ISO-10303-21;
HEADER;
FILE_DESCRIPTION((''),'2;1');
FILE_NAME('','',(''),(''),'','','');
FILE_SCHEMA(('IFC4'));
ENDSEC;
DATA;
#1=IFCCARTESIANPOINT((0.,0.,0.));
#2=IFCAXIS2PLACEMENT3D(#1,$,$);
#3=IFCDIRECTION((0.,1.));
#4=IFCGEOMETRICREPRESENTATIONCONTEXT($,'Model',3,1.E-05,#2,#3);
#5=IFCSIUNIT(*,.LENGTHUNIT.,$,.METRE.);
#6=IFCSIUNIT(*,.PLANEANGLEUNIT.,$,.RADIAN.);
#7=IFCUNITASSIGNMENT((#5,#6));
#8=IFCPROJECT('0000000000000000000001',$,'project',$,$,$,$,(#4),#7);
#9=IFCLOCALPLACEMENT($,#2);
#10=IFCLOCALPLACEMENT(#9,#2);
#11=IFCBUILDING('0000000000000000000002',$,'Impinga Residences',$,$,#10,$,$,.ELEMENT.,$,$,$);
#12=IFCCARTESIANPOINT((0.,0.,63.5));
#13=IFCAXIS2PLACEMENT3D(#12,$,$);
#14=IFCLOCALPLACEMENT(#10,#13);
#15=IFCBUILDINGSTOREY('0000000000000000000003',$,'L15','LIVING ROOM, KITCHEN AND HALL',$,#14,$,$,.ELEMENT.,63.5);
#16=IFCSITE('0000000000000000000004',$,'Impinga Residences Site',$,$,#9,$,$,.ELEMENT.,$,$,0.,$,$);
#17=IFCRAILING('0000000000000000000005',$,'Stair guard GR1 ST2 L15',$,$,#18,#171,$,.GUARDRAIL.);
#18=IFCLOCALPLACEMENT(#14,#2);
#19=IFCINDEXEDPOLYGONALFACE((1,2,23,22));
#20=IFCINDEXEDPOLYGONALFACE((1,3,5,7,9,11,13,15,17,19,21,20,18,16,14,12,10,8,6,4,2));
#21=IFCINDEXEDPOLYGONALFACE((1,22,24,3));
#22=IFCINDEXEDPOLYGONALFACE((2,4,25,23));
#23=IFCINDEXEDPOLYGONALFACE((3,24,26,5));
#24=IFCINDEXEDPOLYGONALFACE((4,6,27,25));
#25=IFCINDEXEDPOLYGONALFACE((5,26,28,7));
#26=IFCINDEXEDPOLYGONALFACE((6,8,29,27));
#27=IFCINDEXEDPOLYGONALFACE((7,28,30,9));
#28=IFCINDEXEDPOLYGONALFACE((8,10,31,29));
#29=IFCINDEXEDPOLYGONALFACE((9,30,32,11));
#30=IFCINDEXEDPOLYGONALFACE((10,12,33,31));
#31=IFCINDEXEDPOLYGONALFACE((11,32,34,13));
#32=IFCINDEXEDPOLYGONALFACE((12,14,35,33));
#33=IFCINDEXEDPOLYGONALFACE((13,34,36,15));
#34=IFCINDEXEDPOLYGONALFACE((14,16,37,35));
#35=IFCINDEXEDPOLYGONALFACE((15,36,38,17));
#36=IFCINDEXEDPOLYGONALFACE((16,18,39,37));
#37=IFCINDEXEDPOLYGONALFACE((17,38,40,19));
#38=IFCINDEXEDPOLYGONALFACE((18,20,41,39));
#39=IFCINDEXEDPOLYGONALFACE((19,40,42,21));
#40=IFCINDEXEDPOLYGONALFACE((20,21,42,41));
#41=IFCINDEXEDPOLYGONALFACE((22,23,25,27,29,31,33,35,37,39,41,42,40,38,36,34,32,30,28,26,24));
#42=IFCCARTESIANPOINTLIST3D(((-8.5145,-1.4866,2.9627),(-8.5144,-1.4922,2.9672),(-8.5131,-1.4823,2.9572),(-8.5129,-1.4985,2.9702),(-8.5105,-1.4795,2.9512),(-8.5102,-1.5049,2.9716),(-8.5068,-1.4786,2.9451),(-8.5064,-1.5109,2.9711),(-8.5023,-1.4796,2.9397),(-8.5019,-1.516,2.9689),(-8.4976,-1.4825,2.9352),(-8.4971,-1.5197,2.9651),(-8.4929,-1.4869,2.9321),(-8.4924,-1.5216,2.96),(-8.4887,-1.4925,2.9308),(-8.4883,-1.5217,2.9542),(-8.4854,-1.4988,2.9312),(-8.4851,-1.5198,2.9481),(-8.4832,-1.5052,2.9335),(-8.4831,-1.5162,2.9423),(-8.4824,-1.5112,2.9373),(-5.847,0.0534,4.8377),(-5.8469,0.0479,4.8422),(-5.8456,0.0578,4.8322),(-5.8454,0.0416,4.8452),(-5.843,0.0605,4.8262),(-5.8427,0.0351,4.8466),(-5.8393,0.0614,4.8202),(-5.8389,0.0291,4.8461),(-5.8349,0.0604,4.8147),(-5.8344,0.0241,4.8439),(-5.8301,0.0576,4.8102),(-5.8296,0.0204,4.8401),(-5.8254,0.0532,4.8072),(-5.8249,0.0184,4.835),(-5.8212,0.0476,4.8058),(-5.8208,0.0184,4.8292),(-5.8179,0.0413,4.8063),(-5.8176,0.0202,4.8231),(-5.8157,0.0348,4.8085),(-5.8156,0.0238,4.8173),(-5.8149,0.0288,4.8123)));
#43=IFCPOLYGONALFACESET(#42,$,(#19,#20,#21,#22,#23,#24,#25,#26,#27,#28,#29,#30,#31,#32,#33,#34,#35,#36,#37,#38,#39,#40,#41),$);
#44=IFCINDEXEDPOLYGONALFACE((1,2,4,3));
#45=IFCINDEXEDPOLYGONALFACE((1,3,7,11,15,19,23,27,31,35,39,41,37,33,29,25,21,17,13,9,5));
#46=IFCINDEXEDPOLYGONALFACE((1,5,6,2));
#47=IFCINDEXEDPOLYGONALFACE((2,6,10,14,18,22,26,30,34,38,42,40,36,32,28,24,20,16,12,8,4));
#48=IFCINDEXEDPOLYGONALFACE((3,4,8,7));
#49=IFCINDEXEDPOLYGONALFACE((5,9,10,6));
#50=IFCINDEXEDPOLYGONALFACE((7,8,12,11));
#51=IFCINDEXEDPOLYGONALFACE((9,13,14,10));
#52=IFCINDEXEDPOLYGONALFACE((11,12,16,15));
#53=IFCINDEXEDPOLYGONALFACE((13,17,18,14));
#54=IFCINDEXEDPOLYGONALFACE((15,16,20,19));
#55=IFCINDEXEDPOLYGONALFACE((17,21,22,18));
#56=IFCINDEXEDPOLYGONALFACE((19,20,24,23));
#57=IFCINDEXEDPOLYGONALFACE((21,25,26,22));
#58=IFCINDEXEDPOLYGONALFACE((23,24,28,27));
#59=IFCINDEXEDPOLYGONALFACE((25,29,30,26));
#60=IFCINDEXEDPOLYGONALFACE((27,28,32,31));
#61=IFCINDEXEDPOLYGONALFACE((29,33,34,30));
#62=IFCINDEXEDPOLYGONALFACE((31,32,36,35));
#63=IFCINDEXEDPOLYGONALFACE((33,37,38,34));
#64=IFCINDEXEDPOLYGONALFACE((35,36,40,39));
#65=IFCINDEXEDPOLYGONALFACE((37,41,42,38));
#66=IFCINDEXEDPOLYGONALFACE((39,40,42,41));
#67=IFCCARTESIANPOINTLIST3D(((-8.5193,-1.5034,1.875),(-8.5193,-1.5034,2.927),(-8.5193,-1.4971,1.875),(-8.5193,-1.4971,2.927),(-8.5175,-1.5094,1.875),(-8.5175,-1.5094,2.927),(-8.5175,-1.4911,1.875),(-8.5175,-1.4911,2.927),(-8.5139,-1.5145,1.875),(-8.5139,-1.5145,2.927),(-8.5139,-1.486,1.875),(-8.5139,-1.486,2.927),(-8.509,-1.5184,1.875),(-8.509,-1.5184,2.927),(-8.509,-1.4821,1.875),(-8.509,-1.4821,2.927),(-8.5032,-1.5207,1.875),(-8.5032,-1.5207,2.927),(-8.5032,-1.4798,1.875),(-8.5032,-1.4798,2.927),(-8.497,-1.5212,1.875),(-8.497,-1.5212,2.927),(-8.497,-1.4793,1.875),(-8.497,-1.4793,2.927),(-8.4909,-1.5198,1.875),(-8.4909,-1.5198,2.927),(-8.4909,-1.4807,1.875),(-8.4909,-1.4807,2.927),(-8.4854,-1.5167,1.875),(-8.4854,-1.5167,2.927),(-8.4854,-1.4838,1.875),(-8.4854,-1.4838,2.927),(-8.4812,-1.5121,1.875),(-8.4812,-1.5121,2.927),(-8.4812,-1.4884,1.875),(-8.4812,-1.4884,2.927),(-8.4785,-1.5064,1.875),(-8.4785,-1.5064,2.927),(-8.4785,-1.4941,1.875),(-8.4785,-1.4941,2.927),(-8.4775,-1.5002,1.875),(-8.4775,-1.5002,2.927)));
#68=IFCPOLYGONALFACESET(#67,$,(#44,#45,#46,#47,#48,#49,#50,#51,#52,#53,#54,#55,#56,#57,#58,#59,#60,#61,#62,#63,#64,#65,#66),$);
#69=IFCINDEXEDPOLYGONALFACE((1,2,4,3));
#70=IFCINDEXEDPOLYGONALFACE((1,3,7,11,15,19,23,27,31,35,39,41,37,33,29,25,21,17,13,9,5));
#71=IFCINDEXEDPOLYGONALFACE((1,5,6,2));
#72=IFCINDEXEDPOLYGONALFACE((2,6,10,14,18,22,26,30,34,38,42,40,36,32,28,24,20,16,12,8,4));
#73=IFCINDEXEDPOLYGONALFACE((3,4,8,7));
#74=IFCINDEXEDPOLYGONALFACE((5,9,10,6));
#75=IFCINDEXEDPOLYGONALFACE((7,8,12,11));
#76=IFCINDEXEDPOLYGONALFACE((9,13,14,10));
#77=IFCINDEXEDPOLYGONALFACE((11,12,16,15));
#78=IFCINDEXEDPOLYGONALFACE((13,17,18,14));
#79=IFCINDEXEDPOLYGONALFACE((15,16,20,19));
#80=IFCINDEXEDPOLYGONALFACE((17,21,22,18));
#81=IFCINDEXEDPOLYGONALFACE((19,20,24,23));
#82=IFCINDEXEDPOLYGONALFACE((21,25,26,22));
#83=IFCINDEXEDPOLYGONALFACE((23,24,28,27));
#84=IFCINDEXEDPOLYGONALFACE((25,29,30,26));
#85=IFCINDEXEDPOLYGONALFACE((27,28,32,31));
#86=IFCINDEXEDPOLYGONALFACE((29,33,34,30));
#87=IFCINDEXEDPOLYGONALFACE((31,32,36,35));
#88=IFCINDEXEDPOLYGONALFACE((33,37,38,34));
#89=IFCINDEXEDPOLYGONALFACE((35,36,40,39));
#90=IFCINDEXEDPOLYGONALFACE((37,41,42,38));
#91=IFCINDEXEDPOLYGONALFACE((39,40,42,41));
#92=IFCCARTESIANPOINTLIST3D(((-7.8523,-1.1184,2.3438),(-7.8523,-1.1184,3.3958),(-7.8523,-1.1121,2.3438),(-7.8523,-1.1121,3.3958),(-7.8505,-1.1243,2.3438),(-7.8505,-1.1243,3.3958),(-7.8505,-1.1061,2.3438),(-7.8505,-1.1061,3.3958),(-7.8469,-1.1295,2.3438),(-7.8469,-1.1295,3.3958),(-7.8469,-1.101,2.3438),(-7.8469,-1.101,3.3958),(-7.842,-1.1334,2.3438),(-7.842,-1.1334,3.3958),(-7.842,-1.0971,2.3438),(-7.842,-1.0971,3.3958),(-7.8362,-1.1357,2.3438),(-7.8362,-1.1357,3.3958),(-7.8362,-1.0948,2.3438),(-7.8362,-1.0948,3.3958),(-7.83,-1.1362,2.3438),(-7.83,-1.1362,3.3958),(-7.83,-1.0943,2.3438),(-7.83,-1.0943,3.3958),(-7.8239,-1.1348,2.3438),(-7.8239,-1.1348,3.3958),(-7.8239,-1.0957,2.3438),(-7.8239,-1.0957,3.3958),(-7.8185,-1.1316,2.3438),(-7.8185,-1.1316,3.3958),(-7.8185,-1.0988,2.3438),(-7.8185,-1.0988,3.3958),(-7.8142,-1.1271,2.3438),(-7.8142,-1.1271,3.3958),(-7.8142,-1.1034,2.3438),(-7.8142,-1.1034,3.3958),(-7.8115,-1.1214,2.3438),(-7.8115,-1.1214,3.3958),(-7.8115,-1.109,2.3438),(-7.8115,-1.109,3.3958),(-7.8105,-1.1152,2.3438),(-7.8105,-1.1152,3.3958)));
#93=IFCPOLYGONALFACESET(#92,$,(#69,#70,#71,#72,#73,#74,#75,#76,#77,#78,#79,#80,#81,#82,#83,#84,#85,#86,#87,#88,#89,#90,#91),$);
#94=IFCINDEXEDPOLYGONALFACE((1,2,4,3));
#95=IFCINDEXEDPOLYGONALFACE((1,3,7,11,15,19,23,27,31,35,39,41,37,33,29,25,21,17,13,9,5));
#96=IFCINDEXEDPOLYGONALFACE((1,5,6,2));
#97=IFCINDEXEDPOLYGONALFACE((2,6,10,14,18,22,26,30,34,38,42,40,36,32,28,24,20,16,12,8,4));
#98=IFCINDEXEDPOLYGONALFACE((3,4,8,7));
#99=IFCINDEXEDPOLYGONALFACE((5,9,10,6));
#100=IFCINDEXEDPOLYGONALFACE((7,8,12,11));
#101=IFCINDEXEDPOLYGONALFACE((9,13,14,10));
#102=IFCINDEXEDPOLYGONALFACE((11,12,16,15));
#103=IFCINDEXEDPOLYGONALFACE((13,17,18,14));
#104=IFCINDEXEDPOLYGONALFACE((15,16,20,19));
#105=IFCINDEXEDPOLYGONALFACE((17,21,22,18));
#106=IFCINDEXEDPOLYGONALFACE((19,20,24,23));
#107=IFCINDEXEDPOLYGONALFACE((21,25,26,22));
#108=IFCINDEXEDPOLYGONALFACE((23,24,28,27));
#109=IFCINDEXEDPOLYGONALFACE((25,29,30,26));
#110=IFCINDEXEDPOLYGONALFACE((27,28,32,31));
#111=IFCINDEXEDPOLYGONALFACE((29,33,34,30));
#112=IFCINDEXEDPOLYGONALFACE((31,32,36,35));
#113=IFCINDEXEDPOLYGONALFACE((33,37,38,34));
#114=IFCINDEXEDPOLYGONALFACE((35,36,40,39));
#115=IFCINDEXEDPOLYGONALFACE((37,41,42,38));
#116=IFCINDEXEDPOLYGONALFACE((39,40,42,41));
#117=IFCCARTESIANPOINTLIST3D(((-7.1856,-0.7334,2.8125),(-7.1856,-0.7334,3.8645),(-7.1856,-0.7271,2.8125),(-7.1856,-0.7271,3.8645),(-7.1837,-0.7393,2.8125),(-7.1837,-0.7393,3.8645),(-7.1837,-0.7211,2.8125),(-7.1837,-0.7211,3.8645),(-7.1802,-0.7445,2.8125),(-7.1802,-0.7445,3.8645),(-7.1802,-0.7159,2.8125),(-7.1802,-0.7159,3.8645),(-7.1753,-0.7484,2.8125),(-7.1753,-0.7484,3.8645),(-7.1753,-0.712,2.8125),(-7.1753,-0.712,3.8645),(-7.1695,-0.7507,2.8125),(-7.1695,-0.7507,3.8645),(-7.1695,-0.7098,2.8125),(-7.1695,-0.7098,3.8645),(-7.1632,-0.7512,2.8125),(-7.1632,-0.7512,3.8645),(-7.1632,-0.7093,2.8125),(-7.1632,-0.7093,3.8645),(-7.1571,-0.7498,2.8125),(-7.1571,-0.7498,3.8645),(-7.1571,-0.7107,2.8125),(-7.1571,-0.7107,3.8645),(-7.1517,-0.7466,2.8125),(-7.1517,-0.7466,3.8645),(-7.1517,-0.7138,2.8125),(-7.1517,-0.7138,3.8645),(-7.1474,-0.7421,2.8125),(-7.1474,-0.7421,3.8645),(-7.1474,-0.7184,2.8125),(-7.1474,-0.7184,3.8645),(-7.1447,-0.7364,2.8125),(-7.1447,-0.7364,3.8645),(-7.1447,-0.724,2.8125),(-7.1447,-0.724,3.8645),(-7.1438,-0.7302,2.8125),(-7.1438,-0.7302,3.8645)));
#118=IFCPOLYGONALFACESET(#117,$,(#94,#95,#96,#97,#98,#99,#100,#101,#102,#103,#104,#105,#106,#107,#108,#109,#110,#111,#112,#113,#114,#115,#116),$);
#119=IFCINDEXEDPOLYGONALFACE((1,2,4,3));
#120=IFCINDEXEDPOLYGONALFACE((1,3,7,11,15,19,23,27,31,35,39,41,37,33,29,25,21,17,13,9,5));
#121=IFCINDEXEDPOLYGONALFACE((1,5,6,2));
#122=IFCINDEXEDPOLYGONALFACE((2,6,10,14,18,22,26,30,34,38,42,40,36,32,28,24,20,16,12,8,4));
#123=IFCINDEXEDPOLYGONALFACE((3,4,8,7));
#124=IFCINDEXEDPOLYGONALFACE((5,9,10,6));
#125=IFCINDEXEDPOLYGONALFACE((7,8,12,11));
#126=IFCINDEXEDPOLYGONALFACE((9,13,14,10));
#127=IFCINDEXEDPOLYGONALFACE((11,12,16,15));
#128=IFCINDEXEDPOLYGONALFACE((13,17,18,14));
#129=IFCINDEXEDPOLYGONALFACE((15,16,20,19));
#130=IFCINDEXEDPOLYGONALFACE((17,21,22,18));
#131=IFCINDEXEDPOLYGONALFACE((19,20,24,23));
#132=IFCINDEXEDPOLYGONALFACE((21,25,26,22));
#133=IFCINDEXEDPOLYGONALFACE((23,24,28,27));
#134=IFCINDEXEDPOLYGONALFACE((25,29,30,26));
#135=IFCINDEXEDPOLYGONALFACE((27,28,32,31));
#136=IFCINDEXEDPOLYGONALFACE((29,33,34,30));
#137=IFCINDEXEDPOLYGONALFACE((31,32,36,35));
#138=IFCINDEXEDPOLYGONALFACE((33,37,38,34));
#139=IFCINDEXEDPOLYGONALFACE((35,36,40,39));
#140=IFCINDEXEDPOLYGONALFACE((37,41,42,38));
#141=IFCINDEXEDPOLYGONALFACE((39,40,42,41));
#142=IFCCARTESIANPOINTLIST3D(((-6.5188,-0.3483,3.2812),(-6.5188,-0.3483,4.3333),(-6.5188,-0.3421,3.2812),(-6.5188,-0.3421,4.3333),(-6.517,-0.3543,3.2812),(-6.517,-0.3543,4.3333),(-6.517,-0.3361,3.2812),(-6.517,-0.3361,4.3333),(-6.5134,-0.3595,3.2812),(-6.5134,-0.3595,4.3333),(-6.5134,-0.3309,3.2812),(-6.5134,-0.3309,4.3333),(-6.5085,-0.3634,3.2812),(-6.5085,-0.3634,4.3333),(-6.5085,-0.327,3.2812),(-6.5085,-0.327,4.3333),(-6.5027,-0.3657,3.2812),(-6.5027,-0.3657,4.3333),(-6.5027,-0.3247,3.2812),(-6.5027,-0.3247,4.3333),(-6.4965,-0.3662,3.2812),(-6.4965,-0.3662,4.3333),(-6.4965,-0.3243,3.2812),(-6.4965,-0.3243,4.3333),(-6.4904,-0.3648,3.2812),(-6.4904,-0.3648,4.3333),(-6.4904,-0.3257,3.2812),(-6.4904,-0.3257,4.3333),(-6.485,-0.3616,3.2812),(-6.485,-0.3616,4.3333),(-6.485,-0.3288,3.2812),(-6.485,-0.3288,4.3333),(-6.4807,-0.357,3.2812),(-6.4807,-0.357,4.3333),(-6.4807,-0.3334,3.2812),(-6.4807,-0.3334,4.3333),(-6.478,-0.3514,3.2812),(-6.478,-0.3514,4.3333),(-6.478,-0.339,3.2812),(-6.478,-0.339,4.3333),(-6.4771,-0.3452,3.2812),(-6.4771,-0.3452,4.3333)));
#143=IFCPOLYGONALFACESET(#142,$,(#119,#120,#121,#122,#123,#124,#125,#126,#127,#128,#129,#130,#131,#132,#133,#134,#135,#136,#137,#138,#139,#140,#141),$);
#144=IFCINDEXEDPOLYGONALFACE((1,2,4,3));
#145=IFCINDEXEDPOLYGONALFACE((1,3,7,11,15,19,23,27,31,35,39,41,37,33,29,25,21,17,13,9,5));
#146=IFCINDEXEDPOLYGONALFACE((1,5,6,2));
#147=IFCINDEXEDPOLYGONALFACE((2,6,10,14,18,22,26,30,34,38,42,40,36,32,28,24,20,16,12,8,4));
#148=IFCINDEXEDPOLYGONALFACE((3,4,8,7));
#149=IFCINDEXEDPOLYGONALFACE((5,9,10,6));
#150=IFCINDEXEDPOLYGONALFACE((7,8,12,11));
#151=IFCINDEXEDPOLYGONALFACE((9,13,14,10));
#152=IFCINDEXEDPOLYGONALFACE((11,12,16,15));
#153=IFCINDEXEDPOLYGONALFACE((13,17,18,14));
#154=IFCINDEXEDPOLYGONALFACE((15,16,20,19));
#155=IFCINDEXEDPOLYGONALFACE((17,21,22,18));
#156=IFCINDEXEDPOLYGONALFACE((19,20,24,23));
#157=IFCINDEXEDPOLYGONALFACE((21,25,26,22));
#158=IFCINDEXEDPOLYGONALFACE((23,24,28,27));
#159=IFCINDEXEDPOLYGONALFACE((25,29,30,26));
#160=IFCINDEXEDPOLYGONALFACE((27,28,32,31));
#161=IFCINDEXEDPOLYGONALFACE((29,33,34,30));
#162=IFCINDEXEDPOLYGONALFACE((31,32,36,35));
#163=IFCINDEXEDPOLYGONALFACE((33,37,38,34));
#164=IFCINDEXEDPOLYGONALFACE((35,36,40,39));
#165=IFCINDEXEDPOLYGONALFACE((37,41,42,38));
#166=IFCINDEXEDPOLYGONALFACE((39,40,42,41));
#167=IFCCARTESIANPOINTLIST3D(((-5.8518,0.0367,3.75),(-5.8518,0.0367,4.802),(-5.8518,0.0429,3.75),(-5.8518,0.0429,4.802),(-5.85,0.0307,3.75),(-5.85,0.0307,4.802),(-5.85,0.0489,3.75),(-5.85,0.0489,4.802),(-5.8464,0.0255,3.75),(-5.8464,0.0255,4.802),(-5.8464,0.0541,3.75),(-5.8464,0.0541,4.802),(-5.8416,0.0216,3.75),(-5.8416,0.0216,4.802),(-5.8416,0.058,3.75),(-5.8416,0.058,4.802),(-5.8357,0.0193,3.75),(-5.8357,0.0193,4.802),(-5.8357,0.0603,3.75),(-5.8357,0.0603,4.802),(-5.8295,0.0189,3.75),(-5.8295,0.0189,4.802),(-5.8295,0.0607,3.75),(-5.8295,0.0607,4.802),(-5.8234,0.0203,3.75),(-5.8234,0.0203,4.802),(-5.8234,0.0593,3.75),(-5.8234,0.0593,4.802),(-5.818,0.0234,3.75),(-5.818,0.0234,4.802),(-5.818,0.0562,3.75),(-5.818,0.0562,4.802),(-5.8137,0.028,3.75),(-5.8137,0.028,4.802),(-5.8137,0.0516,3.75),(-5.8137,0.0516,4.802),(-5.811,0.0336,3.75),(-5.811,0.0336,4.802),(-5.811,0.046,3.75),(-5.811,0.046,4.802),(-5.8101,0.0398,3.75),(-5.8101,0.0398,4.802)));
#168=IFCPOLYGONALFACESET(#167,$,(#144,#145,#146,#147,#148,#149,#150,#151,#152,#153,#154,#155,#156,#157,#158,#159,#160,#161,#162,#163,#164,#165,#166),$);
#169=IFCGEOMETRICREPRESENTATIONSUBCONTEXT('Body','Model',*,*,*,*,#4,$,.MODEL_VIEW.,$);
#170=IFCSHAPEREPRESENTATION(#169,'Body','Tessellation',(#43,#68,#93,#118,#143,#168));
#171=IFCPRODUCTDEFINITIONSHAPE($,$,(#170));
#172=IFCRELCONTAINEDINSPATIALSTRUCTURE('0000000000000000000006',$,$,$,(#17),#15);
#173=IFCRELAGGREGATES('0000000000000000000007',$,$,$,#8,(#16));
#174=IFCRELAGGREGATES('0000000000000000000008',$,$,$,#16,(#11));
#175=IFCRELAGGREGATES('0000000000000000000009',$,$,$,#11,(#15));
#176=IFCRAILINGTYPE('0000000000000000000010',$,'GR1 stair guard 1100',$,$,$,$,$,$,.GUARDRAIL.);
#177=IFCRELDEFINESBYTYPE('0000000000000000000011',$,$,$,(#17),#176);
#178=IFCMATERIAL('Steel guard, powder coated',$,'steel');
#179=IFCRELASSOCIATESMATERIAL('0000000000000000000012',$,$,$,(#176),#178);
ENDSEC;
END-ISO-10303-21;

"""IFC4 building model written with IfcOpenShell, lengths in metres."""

from ifc_helpers import new_model, si_unit, direction, frame, origin, origin_2d, place, context, subcontext, project, spatial, circle, extrude, material, type_object, element, save


model = new_model("IFC4")

# Units and contexts
model_context = context("Model", 3, precision=1e-05, world=origin(), true_north=direction((0.0, 1.0)))
body_context = subcontext(model_context, "Body", "Model", "MODEL_VIEW")
ifc_project = project(units=[si_unit("LENGTHUNIT", "METRE"), si_unit("PLANEANGLEUNIT", "RADIAN")], contexts=[model_context])

# Site, building, storey
site_placement = place(None, origin())
site = spatial("IfcSite", under=ifc_project, at=site_placement, Name="Impinga Residences Site", CompositionType="ELEMENT", RefElevation=0.0)
building_placement = place(site_placement, origin())
building = spatial("IfcBuilding", under=site, at=building_placement, Name="Impinga Residences", CompositionType="ELEMENT")
storey_placement = place(building_placement, frame((0.0, 0.0, 63.5)))
storey = spatial("IfcBuildingStorey", under=building, at=storey_placement, Name="L15", Description="LIVING ROOM, KITCHEN AND HALL", CompositionType="ELEMENT", Elevation=63.5)

# Railing
ifc_material_1 = material(Name="Steel guard, powder coated", Category="steel")
railing_type = type_object("IfcRailingType", Name="GR1 stair guard 1100", PredefinedType="GUARDRAIL", material=ifc_material_1)
railing_placement = place(storey_placement, frame((-8.4985, -1.5002, 1.875)))
element("IfcRailing", 1, at=railing_placement, inside=storey, type_object=railing_type, Name="Stair guard GR1 ST2 L15", PredefinedType="GUARDRAIL", context=body_context, shape_type="SweptSolid", body=[
    extrude(circle(Radius=0.0239, at=origin_2d()), frame((0.0, 0.0, 1.0762), z_axis=(0.739746, 0.427084, 0.519975), x_axis=(-0.499992, 0.86603, 0.0)), (0.0, 0.0, 1.0), 3.606),
    extrude(circle(Radius=0.021, at=origin_2d()), origin(), (0.0, 0.0, 1.0), 1.052),
    extrude(circle(Radius=0.021, at=origin_2d()), frame((0.667, 0.385, 0.4688)), (0.0, 0.0, 1.0), 1.052),
    extrude(circle(Radius=0.021, at=origin_2d()), frame((1.3337, 0.77, 0.9375)), (0.0, 0.0, 1.0), 1.052),
    extrude(circle(Radius=0.021, at=origin_2d()), frame((2.0005, 1.155, 1.4062)), (0.0, 0.0, 1.0), 1.052),
    extrude(circle(Radius=0.021, at=origin_2d()), frame((2.6675, 1.54, 1.875)), (0.0, 0.0, 1.0), 1.052),
])

save(model, "model.ifc")
